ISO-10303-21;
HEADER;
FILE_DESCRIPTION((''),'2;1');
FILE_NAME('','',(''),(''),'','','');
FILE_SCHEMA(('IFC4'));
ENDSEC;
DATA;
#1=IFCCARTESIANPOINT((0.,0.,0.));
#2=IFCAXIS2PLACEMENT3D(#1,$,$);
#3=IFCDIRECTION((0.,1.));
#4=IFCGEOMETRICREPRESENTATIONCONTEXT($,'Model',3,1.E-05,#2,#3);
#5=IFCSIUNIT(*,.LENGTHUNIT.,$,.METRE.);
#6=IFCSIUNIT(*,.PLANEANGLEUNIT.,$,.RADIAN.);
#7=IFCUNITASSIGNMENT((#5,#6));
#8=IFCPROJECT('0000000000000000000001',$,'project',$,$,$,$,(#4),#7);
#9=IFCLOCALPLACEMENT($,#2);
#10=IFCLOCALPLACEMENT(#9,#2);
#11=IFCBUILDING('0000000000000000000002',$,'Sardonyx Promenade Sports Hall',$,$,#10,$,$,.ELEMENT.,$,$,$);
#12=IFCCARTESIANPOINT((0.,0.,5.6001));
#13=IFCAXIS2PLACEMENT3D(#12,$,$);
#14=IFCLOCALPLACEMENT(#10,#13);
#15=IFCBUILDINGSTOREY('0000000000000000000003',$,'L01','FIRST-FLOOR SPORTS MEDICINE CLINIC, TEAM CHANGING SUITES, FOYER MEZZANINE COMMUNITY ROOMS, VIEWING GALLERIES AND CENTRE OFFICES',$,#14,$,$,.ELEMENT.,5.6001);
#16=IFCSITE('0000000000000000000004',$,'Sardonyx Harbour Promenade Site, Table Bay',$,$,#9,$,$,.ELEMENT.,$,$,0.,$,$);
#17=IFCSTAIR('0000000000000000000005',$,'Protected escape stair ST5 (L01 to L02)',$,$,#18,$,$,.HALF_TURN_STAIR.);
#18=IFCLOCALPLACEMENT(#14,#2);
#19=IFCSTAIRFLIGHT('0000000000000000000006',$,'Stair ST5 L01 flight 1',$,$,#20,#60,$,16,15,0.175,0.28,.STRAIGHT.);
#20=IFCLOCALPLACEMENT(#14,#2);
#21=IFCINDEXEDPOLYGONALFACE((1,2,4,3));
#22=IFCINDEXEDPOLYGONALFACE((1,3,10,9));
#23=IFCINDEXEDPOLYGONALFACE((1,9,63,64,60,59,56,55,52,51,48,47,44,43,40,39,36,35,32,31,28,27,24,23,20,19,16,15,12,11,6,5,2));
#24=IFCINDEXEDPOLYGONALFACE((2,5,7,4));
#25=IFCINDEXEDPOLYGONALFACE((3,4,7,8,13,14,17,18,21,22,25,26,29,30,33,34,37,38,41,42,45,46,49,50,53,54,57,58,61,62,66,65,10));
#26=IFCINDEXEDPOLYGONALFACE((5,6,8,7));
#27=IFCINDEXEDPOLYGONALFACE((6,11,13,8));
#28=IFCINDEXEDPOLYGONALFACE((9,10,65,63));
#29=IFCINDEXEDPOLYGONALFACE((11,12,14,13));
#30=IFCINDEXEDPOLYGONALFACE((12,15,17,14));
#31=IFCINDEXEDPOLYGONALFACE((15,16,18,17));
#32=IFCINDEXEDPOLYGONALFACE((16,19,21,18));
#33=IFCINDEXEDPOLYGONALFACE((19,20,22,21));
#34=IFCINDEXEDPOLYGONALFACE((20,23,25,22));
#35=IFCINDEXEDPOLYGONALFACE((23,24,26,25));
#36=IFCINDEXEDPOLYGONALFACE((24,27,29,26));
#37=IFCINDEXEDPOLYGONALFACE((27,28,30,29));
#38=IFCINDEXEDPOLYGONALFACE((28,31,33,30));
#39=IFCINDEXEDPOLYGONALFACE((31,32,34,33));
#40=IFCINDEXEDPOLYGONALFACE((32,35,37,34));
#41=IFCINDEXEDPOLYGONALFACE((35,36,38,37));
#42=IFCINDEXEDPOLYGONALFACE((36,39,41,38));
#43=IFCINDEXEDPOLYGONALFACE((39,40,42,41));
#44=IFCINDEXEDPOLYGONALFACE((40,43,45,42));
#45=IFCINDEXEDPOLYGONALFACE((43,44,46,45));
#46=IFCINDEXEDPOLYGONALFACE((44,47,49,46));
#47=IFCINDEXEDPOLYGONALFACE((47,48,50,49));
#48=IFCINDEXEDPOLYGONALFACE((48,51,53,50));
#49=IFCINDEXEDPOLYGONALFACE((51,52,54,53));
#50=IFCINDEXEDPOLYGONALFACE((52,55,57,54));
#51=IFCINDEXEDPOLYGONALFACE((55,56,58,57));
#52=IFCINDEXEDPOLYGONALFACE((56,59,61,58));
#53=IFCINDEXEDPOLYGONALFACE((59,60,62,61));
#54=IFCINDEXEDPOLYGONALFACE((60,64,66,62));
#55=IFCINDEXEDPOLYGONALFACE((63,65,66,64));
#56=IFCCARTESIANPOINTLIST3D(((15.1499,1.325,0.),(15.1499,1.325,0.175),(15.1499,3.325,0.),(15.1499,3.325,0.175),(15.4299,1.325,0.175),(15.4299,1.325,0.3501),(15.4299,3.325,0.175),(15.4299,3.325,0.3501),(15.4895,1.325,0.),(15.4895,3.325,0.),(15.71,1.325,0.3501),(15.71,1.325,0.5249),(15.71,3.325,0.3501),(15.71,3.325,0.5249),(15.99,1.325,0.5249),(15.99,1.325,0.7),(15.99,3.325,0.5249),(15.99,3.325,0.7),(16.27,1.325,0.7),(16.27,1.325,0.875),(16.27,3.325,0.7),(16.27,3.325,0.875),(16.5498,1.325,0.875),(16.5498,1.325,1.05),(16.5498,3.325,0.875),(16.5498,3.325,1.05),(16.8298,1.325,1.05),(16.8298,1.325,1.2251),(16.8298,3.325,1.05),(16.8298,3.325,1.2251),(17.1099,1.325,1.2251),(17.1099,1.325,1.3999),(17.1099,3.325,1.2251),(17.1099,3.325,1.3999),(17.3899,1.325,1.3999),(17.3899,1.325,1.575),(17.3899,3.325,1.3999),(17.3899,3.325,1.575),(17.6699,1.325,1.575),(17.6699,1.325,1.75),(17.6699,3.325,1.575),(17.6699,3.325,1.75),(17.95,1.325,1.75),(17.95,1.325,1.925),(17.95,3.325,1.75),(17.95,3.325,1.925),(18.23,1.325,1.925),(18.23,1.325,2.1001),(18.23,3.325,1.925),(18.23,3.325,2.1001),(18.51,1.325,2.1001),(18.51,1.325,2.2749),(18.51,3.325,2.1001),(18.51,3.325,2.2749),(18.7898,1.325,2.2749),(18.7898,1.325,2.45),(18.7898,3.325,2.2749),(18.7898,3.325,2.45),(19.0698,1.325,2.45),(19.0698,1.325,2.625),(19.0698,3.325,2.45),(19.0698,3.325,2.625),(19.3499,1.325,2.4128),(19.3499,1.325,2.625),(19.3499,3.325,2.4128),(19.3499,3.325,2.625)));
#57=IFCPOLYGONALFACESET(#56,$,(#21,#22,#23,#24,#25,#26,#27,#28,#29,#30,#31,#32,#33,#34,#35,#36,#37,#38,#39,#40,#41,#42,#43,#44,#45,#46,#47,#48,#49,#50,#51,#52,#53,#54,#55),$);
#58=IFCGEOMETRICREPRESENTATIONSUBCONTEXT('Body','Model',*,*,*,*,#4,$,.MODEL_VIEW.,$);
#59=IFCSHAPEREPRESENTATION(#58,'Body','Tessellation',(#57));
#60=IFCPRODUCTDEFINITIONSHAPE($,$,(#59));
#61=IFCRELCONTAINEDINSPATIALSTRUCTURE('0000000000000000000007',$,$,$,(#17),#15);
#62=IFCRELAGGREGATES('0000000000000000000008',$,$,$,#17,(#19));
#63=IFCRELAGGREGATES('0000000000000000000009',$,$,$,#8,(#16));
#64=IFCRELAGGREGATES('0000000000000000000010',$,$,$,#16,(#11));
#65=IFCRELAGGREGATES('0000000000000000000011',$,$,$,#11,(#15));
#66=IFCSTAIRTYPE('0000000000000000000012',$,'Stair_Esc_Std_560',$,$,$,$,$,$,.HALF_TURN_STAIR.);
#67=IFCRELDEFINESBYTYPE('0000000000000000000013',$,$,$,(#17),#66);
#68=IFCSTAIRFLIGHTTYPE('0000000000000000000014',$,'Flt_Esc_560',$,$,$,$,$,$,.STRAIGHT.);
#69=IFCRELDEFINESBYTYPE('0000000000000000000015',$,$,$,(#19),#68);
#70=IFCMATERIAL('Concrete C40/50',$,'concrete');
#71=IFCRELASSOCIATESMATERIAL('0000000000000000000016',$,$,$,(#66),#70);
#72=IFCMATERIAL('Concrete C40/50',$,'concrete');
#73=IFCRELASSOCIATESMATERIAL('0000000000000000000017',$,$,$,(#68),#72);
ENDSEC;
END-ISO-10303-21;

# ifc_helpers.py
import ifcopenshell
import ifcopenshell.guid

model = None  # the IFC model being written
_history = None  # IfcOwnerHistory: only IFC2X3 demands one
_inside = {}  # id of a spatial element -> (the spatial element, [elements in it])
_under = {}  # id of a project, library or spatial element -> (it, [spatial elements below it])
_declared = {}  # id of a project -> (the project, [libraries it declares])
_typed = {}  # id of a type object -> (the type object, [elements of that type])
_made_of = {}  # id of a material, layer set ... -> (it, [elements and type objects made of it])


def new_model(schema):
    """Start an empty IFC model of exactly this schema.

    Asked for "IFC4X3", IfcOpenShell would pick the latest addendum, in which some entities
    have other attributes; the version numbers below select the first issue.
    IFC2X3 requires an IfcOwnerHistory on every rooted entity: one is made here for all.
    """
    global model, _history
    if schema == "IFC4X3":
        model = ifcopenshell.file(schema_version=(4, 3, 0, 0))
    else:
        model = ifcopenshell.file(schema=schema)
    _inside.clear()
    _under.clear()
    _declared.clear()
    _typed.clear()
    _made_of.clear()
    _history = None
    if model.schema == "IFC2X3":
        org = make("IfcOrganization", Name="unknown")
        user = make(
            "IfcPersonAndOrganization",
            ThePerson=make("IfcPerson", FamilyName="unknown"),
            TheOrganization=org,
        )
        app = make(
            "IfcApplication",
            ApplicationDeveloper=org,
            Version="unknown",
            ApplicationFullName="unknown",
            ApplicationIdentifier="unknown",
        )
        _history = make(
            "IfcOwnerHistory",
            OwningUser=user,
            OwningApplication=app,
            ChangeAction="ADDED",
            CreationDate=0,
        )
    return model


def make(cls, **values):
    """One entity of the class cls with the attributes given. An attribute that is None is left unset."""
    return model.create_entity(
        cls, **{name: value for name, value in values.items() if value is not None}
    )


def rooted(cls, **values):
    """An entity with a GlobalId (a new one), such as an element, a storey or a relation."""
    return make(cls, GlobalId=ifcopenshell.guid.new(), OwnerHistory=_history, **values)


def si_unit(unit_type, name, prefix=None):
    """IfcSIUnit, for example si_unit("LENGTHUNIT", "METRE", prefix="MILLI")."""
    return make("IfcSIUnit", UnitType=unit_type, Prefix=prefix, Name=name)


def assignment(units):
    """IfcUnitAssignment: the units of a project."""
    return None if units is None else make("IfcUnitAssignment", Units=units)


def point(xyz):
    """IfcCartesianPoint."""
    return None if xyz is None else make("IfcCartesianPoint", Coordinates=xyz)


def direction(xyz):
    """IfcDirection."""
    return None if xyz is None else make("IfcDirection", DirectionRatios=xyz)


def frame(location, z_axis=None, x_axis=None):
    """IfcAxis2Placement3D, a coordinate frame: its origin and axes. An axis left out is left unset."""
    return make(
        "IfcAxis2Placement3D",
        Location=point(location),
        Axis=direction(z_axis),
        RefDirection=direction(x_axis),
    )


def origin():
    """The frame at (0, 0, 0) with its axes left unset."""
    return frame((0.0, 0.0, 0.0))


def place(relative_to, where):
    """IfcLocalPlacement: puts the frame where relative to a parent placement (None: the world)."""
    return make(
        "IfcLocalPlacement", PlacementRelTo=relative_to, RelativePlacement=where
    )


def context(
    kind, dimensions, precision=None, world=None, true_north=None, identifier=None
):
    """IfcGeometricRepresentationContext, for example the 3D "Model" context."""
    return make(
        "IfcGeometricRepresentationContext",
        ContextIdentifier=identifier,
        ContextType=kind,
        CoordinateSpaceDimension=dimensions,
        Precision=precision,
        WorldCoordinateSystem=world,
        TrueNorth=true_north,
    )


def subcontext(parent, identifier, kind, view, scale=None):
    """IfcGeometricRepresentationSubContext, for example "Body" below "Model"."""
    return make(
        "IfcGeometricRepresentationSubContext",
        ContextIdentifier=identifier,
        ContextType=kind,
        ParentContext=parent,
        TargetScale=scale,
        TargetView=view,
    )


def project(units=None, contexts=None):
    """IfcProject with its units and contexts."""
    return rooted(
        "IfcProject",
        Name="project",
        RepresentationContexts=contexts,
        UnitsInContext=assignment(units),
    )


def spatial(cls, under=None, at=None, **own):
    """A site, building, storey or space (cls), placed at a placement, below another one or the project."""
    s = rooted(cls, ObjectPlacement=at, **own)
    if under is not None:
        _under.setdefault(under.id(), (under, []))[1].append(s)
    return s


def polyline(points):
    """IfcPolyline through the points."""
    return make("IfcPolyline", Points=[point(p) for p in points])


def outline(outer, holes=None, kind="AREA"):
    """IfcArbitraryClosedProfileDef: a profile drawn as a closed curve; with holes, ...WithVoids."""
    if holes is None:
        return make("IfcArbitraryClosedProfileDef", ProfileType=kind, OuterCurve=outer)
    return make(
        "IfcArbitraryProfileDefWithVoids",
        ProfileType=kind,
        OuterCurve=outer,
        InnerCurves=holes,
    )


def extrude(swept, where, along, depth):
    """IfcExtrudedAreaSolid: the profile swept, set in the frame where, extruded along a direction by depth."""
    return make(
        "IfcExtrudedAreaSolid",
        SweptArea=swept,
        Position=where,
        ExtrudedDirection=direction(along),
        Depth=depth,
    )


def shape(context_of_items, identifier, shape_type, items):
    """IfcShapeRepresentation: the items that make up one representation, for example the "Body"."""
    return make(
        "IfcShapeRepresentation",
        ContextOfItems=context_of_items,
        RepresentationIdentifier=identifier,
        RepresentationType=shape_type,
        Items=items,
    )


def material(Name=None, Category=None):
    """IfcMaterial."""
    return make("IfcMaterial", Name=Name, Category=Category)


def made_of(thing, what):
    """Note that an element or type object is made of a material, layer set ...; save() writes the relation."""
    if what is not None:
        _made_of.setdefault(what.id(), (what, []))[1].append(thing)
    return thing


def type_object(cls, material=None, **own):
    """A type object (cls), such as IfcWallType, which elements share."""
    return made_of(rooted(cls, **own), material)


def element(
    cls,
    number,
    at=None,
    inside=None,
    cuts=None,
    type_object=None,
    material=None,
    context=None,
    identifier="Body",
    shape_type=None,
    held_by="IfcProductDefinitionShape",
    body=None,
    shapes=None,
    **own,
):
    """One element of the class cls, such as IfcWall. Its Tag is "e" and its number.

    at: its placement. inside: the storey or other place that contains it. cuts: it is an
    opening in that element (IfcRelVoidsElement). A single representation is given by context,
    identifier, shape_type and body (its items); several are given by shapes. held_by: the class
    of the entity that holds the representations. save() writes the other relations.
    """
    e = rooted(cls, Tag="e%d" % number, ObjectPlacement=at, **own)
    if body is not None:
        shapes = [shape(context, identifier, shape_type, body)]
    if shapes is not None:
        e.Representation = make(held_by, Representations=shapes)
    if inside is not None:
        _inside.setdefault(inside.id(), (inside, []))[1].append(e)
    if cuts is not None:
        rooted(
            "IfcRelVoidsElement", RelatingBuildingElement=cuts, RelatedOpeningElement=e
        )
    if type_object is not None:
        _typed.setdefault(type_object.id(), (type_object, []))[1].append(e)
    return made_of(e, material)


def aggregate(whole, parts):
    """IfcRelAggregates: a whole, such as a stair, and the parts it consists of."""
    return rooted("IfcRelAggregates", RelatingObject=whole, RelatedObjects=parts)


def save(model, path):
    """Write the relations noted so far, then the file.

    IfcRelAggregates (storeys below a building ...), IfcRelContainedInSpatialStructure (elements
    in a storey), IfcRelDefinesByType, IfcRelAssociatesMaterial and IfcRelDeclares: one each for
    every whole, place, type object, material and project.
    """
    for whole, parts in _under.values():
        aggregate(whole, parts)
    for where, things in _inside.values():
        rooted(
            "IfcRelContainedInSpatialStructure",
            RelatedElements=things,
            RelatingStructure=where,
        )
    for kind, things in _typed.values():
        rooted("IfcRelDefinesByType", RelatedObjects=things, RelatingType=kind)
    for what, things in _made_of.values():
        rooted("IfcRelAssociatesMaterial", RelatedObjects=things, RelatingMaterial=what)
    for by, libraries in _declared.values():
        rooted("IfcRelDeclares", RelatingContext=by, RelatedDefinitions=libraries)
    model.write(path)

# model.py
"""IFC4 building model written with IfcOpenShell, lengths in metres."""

from ifc_helpers import new_model, si_unit, direction, frame, origin, place, context, subcontext, project, spatial, polyline, outline, extrude, material, type_object, element, aggregate, save


model = new_model("IFC4")

# Units and contexts
model_context = context("Model", 3, precision=1e-05, world=origin(), true_north=direction((0.0, 1.0)))
body_context = subcontext(model_context, "Body", "Model", "MODEL_VIEW")
ifc_project = project(units=[si_unit("LENGTHUNIT", "METRE"), si_unit("PLANEANGLEUNIT", "RADIAN")], contexts=[model_context])

# Site, building, storey
site_placement = place(None, origin())
site = spatial("IfcSite", under=ifc_project, at=site_placement, Name="Sardonyx Harbour Promenade Site, Table Bay", CompositionType="ELEMENT", RefElevation=0.0)
building_placement = place(site_placement, origin())
building = spatial("IfcBuilding", under=site, at=building_placement, Name="Sardonyx Promenade Sports Hall", CompositionType="ELEMENT")
storey_placement = place(building_placement, frame((0.0, 0.0, 5.6001)))
storey = spatial("IfcBuildingStorey", under=building, at=storey_placement, Name="L01", Description="FIRST-FLOOR SPORTS MEDICINE CLINIC, TEAM CHANGING SUITES, FOYER MEZZANINE COMMUNITY ROOMS, VIEWING GALLERIES AND CENTRE OFFICES", CompositionType="ELEMENT", Elevation=5.6001)

# Stair, stair flight
ifc_material_1 = material(Name="Concrete C40/50", Category="concrete")
stair_type = type_object("IfcStairType", Name="Stair_Esc_Std_560", PredefinedType="HALF_TURN_STAIR", material=ifc_material_1)
stair_placement = place(storey_placement, origin())
stair = element("IfcStair", 1, at=stair_placement, inside=storey, type_object=stair_type, Name="Protected escape stair ST5 (L01 to L02)", PredefinedType="HALF_TURN_STAIR")
ifc_material_2 = material(Name="Concrete C40/50", Category="concrete")
stair_flight_type = type_object("IfcStairFlightType", Name="Flt_Esc_560", PredefinedType="STRAIGHT", material=ifc_material_2)
stair_flight_placement = place(storey_placement, frame((15.1499, 2.325, 0.0), z_axis=(0.0, 0.0, 1.0), x_axis=(1.0, 0.0, 0.0)))
stair_flight = element("IfcStairFlight", 2, at=stair_flight_placement, type_object=stair_flight_type, Name="Stair ST5 L01 flight 1", NumberOfRisers=16, NumberOfTreads=15, PredefinedType="STRAIGHT", RiserHeight=0.175, TreadLength=0.28, context=body_context, shape_type="SweptSolid", body=[
    extrude(outline(polyline([(0.0, 0.0), (0.0, 0.175), (0.28, 0.175), (0.28, 0.3501), (0.5601, 0.3501), (0.5601, 0.5249), (0.8401, 0.5249), (0.8401, 0.7), (1.1201, 0.7), (1.1201, 0.875), (1.3999, 0.875), (1.3999, 1.05), (1.6799, 1.05), (1.6799, 1.2251), (1.96, 1.2251), (1.96, 1.3999), (2.24, 1.3999), (2.24, 1.575), (2.52, 1.575), (2.52, 1.75), (2.8, 1.75), (2.8, 1.925), (3.0801, 1.925), (3.0801, 2.1001), (3.3601, 2.1001), (3.3601, 2.2749), (3.6399, 2.2749), (3.6399, 2.45), (3.9199, 2.45), (3.9199, 2.625), (4.2, 2.625), (4.2, 2.8), (4.2, 2.4128), (0.3396, 0.0), (0.0, 0.0)])), frame((0.0, 1.0, 0.0), z_axis=(0.0, -1.0, 0.0), x_axis=(1.0, 0.0, 0.0)), (0.0, 0.0, 1.0), 2.0),
])
aggregate(stair, [stair_flight])

save(model, "model.ifc")
